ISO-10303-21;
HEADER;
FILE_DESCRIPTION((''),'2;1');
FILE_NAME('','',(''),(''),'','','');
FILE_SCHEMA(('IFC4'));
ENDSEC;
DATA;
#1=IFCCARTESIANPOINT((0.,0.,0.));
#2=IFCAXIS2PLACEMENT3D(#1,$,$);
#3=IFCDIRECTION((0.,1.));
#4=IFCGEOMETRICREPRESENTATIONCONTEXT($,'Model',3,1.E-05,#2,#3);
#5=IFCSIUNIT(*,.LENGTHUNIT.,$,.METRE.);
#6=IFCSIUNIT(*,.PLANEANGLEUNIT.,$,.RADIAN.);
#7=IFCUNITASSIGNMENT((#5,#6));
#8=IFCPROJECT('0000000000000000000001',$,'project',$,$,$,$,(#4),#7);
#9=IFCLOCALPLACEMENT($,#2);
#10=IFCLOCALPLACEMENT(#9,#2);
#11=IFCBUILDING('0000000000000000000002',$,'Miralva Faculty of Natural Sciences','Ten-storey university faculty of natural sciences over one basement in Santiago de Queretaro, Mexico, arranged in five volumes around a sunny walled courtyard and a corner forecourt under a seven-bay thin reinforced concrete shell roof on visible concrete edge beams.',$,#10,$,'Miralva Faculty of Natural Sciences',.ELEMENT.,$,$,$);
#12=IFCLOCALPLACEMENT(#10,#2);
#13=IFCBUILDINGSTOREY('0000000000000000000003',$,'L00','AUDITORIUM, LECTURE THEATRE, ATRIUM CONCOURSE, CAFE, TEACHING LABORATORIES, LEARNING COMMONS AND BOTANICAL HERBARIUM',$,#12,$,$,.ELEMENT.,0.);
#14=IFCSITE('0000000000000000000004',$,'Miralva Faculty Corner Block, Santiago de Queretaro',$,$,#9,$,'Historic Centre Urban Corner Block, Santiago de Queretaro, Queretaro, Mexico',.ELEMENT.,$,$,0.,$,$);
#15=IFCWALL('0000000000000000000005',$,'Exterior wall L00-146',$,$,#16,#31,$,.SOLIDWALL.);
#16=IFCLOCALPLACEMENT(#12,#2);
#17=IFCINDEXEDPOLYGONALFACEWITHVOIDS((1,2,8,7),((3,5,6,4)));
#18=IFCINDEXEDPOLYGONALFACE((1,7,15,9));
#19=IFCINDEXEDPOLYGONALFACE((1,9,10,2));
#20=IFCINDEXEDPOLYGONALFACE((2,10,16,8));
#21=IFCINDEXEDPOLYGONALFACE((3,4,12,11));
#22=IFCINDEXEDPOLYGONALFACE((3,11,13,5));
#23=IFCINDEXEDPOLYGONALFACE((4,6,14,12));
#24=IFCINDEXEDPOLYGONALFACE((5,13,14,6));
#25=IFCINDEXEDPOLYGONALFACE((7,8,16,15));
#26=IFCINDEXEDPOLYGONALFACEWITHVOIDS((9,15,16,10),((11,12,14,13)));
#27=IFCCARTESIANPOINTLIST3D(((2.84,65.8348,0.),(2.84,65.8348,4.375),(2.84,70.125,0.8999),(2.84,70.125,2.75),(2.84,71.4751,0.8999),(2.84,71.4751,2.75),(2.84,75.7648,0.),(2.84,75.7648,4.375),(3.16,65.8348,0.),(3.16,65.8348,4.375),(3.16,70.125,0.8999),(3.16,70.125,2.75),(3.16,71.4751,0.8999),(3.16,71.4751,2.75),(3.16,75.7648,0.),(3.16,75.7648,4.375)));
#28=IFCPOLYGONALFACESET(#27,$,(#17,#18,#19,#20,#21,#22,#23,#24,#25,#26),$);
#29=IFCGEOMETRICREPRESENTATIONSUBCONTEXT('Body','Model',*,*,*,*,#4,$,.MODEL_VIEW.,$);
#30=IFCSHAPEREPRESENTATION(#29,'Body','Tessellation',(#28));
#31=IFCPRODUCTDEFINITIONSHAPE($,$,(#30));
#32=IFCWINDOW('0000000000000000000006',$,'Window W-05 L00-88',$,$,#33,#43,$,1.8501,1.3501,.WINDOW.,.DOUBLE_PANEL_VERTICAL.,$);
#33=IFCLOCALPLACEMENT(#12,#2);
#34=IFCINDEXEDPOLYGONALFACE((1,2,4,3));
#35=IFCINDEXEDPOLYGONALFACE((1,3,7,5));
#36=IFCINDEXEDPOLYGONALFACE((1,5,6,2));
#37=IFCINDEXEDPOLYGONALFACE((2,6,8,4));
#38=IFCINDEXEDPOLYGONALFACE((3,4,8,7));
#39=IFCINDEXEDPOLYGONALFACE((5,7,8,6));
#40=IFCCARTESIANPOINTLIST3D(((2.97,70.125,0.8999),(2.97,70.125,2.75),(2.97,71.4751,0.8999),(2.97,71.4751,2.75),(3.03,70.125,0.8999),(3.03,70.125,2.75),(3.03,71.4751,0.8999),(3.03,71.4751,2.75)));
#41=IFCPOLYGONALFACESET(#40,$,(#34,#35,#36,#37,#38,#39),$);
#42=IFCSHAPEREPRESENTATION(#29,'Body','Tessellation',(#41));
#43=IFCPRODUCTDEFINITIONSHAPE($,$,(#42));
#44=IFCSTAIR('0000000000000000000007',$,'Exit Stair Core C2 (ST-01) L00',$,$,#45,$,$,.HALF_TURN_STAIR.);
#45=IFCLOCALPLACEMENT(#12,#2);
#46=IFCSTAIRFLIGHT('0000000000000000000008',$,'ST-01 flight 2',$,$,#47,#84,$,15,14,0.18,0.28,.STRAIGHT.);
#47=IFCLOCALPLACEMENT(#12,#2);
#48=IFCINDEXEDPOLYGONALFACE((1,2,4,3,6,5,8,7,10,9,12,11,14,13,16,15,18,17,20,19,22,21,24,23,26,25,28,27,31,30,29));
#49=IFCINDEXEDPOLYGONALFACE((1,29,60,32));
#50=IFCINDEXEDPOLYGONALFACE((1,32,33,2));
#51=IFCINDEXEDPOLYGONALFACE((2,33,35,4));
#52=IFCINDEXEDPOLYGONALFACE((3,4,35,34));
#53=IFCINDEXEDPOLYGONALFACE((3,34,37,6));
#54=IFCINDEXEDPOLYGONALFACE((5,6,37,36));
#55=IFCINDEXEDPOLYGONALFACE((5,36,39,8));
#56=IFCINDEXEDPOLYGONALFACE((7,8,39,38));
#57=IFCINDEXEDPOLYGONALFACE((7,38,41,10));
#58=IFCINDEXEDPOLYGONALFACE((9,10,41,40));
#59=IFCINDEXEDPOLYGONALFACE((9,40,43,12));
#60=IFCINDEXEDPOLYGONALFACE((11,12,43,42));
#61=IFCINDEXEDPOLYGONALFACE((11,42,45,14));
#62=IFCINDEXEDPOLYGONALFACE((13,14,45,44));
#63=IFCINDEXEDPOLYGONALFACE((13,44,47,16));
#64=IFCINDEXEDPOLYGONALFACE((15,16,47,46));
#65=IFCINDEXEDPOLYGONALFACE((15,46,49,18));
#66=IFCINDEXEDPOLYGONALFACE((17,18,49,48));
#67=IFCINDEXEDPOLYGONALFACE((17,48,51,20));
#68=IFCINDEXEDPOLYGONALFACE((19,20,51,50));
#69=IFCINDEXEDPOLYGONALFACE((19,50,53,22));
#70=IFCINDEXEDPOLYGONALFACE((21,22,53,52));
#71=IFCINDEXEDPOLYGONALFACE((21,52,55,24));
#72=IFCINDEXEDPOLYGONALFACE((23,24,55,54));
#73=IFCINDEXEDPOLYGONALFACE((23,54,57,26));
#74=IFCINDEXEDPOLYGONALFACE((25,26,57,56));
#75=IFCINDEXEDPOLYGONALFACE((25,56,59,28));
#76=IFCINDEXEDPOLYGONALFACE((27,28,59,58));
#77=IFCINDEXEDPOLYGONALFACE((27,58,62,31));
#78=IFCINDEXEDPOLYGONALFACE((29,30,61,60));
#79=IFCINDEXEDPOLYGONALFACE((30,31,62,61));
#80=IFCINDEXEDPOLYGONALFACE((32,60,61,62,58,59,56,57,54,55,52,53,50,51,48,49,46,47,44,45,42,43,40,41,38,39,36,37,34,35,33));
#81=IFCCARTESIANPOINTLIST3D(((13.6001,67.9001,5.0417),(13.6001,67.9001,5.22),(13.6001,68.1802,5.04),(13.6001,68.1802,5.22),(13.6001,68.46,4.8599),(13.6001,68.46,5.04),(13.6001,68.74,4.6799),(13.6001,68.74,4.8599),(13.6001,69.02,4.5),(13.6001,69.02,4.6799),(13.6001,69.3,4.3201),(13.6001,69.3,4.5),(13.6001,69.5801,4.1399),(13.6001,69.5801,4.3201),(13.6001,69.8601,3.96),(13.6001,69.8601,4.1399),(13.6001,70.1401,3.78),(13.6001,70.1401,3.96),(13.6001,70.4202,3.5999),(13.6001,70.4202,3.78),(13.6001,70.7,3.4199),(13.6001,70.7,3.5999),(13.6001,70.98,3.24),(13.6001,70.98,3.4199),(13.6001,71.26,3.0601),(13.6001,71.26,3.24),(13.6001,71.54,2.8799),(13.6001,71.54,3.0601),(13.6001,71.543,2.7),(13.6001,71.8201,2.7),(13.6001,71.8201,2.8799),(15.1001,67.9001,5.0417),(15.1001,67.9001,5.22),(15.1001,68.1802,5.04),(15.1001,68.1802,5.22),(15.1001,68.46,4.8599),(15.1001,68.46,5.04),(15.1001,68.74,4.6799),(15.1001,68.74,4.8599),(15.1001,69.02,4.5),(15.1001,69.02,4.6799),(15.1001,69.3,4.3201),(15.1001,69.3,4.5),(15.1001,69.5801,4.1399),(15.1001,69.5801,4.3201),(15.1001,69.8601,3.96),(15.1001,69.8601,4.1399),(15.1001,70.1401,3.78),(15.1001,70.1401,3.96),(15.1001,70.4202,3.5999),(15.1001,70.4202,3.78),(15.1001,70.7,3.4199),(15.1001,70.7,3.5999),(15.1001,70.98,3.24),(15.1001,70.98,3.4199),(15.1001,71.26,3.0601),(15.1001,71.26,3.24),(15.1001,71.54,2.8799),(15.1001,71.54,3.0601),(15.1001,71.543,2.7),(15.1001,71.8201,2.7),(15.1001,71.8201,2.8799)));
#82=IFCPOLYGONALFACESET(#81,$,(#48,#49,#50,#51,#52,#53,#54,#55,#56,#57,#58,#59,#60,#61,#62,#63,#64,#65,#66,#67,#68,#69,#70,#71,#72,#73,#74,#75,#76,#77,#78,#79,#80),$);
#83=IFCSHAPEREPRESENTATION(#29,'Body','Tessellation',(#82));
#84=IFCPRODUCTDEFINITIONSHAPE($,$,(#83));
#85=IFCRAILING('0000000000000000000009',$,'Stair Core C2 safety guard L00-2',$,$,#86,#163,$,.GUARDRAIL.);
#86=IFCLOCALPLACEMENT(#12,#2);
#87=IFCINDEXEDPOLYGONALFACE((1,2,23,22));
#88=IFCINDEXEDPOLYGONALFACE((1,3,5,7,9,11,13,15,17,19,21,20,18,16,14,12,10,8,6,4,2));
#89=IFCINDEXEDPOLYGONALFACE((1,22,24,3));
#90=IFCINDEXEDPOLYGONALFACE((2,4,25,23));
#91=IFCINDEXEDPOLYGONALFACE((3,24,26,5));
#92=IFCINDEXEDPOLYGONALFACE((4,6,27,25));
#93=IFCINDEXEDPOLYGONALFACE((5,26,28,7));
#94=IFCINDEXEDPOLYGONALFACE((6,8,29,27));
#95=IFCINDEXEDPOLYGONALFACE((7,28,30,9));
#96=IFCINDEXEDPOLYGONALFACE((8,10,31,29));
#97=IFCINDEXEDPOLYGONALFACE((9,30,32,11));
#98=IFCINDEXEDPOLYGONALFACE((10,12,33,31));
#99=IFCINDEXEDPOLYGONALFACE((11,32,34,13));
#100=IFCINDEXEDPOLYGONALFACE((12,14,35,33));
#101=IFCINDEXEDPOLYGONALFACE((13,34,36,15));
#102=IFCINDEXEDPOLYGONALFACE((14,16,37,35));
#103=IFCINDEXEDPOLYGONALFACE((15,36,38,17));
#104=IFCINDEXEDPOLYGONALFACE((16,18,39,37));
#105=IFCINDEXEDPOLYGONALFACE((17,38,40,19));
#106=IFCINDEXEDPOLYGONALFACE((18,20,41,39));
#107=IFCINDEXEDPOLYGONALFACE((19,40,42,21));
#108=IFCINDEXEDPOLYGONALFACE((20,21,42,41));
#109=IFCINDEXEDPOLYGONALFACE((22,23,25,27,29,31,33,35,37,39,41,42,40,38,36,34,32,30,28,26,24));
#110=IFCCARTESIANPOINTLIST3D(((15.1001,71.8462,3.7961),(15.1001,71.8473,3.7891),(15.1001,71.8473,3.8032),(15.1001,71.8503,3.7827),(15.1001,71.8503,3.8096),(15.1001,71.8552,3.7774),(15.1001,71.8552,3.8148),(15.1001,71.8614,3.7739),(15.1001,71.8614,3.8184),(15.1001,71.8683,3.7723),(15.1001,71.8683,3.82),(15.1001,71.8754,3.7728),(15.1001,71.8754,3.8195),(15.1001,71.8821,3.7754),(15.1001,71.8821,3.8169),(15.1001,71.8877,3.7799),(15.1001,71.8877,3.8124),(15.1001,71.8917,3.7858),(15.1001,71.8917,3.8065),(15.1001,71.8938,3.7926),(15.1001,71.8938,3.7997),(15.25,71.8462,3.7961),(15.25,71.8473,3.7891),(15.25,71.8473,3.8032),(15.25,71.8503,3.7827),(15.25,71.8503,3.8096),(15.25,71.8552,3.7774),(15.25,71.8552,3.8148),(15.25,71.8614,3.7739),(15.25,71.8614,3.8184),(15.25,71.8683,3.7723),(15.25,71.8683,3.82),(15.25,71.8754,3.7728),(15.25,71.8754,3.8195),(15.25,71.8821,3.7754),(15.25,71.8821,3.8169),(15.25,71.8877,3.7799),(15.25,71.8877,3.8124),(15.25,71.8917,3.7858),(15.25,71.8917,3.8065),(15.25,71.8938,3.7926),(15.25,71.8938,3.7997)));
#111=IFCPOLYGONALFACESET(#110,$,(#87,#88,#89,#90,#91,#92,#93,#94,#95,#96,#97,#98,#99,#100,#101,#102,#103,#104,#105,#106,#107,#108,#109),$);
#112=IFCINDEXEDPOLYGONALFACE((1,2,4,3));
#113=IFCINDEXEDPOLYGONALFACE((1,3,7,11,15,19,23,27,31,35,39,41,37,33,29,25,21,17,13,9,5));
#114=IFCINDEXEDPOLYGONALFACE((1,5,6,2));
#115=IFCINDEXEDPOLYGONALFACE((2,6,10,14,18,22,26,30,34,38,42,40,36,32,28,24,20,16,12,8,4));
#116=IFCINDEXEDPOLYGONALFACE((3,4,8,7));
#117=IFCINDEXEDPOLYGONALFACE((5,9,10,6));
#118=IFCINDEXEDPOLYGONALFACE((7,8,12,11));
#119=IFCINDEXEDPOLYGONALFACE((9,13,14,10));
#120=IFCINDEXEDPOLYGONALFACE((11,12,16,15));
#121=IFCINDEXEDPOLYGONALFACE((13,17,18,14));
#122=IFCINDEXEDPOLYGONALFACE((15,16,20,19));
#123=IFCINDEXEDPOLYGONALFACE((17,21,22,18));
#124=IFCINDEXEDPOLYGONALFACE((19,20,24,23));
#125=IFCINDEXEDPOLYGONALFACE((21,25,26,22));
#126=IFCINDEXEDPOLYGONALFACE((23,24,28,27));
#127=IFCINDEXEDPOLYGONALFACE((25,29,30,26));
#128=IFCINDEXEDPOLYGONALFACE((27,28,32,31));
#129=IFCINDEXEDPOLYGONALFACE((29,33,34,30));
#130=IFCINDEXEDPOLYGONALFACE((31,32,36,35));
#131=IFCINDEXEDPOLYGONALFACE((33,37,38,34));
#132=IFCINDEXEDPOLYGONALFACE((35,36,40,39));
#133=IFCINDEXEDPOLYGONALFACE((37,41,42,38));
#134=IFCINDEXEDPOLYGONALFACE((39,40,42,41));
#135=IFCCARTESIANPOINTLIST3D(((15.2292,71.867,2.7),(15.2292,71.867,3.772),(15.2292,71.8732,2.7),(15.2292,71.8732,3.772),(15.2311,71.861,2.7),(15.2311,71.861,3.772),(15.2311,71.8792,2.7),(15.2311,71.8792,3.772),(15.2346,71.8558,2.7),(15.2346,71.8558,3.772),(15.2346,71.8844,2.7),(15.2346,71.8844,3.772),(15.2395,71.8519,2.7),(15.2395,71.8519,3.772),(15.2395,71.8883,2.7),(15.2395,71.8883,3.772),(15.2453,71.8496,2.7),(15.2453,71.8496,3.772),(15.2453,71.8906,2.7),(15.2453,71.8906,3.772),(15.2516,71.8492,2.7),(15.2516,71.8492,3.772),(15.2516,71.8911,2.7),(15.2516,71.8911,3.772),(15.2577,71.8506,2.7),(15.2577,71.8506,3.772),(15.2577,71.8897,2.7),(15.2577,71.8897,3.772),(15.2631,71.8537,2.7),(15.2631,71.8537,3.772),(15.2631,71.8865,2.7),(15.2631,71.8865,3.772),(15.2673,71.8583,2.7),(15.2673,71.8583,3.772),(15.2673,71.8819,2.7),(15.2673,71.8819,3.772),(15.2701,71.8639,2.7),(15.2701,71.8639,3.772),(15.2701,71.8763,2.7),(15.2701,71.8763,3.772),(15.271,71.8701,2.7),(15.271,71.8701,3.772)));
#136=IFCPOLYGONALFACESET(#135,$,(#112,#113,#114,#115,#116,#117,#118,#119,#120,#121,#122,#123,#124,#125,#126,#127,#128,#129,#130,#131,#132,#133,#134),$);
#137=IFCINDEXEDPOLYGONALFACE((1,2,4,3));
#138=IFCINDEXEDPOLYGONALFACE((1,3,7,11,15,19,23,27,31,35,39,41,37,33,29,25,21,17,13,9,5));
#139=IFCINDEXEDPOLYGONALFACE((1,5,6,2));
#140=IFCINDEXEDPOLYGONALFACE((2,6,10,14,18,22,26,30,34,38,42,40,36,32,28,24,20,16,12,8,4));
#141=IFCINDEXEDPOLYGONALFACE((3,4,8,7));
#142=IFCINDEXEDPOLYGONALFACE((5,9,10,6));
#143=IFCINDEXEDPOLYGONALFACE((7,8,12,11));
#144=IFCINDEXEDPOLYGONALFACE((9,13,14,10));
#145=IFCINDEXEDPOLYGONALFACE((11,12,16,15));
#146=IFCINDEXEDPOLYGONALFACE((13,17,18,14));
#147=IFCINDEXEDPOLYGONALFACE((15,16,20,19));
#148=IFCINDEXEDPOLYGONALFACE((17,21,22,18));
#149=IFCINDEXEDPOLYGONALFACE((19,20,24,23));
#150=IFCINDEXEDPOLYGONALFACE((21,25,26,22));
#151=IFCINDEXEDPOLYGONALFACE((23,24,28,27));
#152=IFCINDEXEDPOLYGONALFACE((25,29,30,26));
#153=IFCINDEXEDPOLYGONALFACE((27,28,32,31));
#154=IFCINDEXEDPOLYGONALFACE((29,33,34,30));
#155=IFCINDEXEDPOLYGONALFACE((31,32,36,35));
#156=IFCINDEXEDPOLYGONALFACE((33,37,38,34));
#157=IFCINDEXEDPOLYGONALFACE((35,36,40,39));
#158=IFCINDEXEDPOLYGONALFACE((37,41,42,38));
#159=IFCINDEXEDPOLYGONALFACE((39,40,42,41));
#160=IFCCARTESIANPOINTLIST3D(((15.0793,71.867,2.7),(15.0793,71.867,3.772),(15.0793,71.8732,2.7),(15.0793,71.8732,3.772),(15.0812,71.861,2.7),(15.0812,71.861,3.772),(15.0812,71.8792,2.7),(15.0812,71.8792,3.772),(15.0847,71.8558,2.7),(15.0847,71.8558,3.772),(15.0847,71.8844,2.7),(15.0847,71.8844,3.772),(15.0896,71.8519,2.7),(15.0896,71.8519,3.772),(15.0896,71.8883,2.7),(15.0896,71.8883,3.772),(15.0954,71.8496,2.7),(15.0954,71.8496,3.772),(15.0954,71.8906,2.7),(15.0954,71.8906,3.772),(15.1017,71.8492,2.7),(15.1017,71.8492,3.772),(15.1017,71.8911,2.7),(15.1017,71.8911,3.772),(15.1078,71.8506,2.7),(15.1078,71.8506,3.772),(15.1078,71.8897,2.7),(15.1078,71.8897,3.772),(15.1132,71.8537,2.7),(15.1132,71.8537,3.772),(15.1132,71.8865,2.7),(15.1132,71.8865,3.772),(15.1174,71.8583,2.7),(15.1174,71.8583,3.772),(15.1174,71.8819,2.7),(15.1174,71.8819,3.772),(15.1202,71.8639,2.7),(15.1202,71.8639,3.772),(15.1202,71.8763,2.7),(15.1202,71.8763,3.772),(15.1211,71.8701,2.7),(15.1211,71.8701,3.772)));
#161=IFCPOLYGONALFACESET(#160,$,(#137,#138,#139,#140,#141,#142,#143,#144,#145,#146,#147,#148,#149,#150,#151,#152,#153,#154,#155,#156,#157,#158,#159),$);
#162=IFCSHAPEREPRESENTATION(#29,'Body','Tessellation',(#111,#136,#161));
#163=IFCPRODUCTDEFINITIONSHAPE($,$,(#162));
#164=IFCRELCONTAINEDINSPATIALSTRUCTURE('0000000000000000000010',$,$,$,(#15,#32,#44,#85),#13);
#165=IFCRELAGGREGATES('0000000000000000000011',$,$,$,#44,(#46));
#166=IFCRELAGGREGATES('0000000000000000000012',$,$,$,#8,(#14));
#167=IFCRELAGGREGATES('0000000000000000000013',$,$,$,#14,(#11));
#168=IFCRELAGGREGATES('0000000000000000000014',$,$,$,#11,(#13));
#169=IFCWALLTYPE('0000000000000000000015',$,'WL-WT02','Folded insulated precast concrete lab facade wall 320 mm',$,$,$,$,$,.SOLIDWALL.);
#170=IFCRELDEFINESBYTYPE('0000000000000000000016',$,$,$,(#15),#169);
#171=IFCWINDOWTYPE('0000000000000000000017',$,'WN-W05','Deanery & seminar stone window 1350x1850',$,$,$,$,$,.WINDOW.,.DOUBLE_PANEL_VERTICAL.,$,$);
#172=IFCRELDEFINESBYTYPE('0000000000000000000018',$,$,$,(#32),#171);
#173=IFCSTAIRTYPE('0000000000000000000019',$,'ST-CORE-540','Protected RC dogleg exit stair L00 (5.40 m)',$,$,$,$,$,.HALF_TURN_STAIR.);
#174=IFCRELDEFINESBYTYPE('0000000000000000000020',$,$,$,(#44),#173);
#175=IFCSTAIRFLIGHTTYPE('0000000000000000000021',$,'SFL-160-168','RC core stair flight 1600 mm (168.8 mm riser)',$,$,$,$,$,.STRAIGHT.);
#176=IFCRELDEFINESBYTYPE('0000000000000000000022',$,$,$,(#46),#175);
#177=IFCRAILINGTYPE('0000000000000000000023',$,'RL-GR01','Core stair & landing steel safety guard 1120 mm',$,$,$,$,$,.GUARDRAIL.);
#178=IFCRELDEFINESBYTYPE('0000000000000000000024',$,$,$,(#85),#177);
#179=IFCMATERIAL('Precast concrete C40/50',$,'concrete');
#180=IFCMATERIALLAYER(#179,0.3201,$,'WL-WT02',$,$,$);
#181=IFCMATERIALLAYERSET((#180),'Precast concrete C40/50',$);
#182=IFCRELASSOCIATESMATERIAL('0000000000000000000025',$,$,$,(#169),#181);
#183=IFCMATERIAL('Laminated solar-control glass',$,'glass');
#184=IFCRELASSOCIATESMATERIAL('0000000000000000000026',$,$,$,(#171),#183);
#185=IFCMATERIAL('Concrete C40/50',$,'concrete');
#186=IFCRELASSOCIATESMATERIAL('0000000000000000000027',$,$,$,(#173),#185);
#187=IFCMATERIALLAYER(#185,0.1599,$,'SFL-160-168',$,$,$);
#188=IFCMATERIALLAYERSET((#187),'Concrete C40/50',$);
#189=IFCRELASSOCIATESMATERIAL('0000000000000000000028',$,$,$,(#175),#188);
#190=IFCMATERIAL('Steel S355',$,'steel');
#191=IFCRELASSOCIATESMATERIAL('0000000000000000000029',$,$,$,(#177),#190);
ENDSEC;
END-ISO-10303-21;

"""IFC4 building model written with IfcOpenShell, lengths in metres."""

from ifc_helpers import new_model, si_unit, direction, frame, frame_2d, origin, origin_2d, place, context, subcontext, project, spatial, polyline, rectangle, circle, outline, extrude, material, layer, layer_set, type_object, element, fill, aggregate, save


model = new_model("IFC4")

# Units and contexts
model_context = context("Model", 3, precision=1e-05, world=origin(), true_north=direction((0.0, 1.0)))
body_context = subcontext(model_context, "Body", "Model", "MODEL_VIEW")
ifc_project = project(units=[si_unit("LENGTHUNIT", "METRE"), si_unit("PLANEANGLEUNIT", "RADIAN")], contexts=[model_context])

# Site, building, storey
site_placement = place(None, origin())
site = spatial("IfcSite", under=ifc_project, at=site_placement, Name="Miralva Faculty Corner Block, Santiago de Queretaro", LongName="Historic Centre Urban Corner Block, Santiago de Queretaro, Queretaro, Mexico", CompositionType="ELEMENT", RefElevation=0.0)
building_placement = place(site_placement, origin())
building = spatial("IfcBuilding", under=site, at=building_placement, Name="Miralva Faculty of Natural Sciences", Description="Ten-storey university faculty of natural sciences over one basement in Santiago de Queretaro, Mexico, arranged in five volumes around a sunny walled courtyard and a corner forecourt under a seven-bay thin reinforced concrete shell roof on visible concrete edge beams.", LongName="Miralva Faculty of Natural Sciences", CompositionType="ELEMENT")
storey_placement = place(building_placement, origin())
storey = spatial("IfcBuildingStorey", under=building, at=storey_placement, Name="L00", Description="AUDITORIUM, LECTURE THEATRE, ATRIUM CONCOURSE, CAFE, TEACHING LABORATORIES, LEARNING COMMONS AND BOTANICAL HERBARIUM", CompositionType="ELEMENT", Elevation=0.0)

# Shared definitions
ifc_material_1 = material(Name="Concrete C40/50", Category="concrete")

# Wall, opening, window
ifc_material_2 = material(Name="Precast concrete C40/50", Category="concrete")
ifc_layer_1 = layer(ifc_material_2, 0.3201, Name="WL-WT02")
ifc_layer_set_1 = layer_set([ifc_layer_1], Name="Precast concrete C40/50")
wall_type_1 = type_object("IfcWallType", Name="WL-WT02", Description="Folded insulated precast concrete lab facade wall 320 mm", PredefinedType="SOLIDWALL", material=ifc_layer_set_1)
wall_1_placement = place(storey_placement, frame((3.0, 65.835, 0.0), z_axis=(0.0, 0.0, 1.0), x_axis=(0.0, 1.0, 0.0)))
wall_1 = element("IfcWall", 1, at=wall_1_placement, inside=storey, type_object=wall_type_1, Name="Exterior wall L00-146", PredefinedType="SOLIDWALL", context=body_context, shape_type="SweptSolid", body=[
    extrude(rectangle(XDim=9.9299, YDim=0.3201, at=frame_2d((4.9648, 0.0))), origin(), (0.0, 0.0, 1.0), 4.375),
])
opening_1_placement = place(wall_1_placement, frame((4.29, 0.0, 0.8999)))
opening_1 = element("IfcOpeningElement", 2, at=opening_1_placement, cuts=wall_1, PredefinedType="OPENING", context=body_context, shape_type="SweptSolid", body=[
    extrude(rectangle(XDim=1.3501, YDim=1.8501, at=frame_2d((0.675, 0.925))), frame((0.0, 0.1699, 0.0), z_axis=(0.0, -1.0, 0.0), x_axis=(1.0, 0.0, 0.0)), (0.0, 0.0, 1.0), 0.3401),
])
ifc_material_3 = material(Name="Laminated solar-control glass", Category="glass")
window_type = type_object("IfcWindowType", Name="WN-W05", Description="Deanery & seminar stone window 1350x1850", PartitioningType="DOUBLE_PANEL_VERTICAL", PredefinedType="WINDOW", material=ifc_material_3)
window_placement = place(opening_1_placement, origin())
window = element("IfcWindow", 3, at=window_placement, inside=storey, type_object=window_type, Name="Window W-05 L00-88", OverallHeight=1.8501, OverallWidth=1.3501, PartitioningType="DOUBLE_PANEL_VERTICAL", PredefinedType="WINDOW", context=body_context, shape_type="SweptSolid", body=[
    extrude(rectangle(XDim=1.3501, YDim=1.8501, at=frame_2d((0.675, 0.925))), frame((0.0, 0.03, 0.0), z_axis=(0.0, -1.0, 0.0), x_axis=(1.0, 0.0, 0.0)), (0.0, 0.0, 1.0), 0.0601),
])
fill(opening_1, window)

# Stair, stair flight
stair_type = type_object("IfcStairType", Name="ST-CORE-540", Description="Protected RC dogleg exit stair L00 (5.40 m)", PredefinedType="HALF_TURN_STAIR", material=ifc_material_1)
stair_placement = place(storey_placement, origin())
stair = element("IfcStair", 4, at=stair_placement, inside=storey, type_object=stair_type, Name="Exit Stair Core C2 (ST-01) L00", PredefinedType="HALF_TURN_STAIR")
ifc_layer_2 = layer(ifc_material_1, 0.1599, Name="SFL-160-168")
ifc_layer_set_2 = layer_set([ifc_layer_2], Name="Concrete C40/50")
stair_flight_type = type_object("IfcStairFlightType", Name="SFL-160-168", Description="RC core stair flight 1600 mm (168.8 mm riser)", PredefinedType="STRAIGHT", material=ifc_layer_set_2)
stair_flight_placement = place(storey_placement, frame((14.3501, 71.8201, 2.7), z_axis=(0.0, 0.0, 1.0), x_axis=(0.0, -1.0, 0.0)))
stair_flight = element("IfcStairFlight", 5, at=stair_flight_placement, type_object=stair_flight_type, Name="ST-01 flight 2", NumberOfRisers=15, NumberOfTreads=14, PredefinedType="STRAIGHT", RiserHeight=0.18, TreadLength=0.28, context=body_context, shape_type="SweptSolid", body=[
    extrude(outline(polyline([(0.0, 0.0), (0.0, 0.1799), (0.28, 0.1799), (0.28, 0.3601), (0.5601, 0.3601), (0.5601, 0.54), (0.8401, 0.54), (0.8401, 0.72), (1.1201, 0.72), (1.1201, 0.8999), (1.3999, 0.8999), (1.3999, 1.0801), (1.6799, 1.0801), (1.6799, 1.26), (1.96, 1.26), (1.96, 1.4399), (2.24, 1.4399), (2.24, 1.6201), (2.52, 1.6201), (2.52, 1.8), (2.8, 1.8), (2.8, 1.98), (3.0801, 1.98), (3.0801, 2.1599), (3.3601, 2.1599), (3.3601, 2.3401), (3.6399, 2.3401), (3.6399, 2.52), (3.9199, 2.52), (3.9199, 2.7), (3.9199, 2.3418), (0.2771, 0.0), (0.0, 0.0)])), frame((0.0, 0.75, 0.0), z_axis=(0.0, -1.0, 0.0), x_axis=(1.0, 0.0, 0.0)), (0.0, 0.0, 1.0), 1.5),
])
aggregate(stair, [stair_flight])

# Railing
ifc_material_4 = material(Name="Steel S355", Category="steel")
railing_type_1 = type_object("IfcRailingType", Name="RL-GR01", Description="Core stair & landing steel safety guard 1120 mm", PredefinedType="GUARDRAIL", material=ifc_material_4)
railing_1_placement = place(storey_placement, frame((15.25, 71.8701, 2.7)))
element("IfcRailing", 6, at=railing_1_placement, inside=storey, type_object=railing_type_1, Name="Stair Core C2 safety guard L00-2", PredefinedType="GUARDRAIL", context=body_context, shape_type="SweptSolid", body=[
    extrude(circle(Radius=0.0239, at=origin_2d()), frame((0.0, 0.0, 1.0962), z_axis=(-1.0, 0.0, 0.0), x_axis=(0.0, -1.0, 0.0)), (0.0, 0.0, 1.0), 0.1499),
    extrude(circle(Radius=0.021, at=origin_2d()), origin(), (0.0, 0.0, 1.0), 1.072),
    extrude(circle(Radius=0.021, at=origin_2d()), frame((-0.1499, 0.0, 0.0)), (0.0, 0.0, 1.0), 1.072),
])

save(model, "model.ifc")
